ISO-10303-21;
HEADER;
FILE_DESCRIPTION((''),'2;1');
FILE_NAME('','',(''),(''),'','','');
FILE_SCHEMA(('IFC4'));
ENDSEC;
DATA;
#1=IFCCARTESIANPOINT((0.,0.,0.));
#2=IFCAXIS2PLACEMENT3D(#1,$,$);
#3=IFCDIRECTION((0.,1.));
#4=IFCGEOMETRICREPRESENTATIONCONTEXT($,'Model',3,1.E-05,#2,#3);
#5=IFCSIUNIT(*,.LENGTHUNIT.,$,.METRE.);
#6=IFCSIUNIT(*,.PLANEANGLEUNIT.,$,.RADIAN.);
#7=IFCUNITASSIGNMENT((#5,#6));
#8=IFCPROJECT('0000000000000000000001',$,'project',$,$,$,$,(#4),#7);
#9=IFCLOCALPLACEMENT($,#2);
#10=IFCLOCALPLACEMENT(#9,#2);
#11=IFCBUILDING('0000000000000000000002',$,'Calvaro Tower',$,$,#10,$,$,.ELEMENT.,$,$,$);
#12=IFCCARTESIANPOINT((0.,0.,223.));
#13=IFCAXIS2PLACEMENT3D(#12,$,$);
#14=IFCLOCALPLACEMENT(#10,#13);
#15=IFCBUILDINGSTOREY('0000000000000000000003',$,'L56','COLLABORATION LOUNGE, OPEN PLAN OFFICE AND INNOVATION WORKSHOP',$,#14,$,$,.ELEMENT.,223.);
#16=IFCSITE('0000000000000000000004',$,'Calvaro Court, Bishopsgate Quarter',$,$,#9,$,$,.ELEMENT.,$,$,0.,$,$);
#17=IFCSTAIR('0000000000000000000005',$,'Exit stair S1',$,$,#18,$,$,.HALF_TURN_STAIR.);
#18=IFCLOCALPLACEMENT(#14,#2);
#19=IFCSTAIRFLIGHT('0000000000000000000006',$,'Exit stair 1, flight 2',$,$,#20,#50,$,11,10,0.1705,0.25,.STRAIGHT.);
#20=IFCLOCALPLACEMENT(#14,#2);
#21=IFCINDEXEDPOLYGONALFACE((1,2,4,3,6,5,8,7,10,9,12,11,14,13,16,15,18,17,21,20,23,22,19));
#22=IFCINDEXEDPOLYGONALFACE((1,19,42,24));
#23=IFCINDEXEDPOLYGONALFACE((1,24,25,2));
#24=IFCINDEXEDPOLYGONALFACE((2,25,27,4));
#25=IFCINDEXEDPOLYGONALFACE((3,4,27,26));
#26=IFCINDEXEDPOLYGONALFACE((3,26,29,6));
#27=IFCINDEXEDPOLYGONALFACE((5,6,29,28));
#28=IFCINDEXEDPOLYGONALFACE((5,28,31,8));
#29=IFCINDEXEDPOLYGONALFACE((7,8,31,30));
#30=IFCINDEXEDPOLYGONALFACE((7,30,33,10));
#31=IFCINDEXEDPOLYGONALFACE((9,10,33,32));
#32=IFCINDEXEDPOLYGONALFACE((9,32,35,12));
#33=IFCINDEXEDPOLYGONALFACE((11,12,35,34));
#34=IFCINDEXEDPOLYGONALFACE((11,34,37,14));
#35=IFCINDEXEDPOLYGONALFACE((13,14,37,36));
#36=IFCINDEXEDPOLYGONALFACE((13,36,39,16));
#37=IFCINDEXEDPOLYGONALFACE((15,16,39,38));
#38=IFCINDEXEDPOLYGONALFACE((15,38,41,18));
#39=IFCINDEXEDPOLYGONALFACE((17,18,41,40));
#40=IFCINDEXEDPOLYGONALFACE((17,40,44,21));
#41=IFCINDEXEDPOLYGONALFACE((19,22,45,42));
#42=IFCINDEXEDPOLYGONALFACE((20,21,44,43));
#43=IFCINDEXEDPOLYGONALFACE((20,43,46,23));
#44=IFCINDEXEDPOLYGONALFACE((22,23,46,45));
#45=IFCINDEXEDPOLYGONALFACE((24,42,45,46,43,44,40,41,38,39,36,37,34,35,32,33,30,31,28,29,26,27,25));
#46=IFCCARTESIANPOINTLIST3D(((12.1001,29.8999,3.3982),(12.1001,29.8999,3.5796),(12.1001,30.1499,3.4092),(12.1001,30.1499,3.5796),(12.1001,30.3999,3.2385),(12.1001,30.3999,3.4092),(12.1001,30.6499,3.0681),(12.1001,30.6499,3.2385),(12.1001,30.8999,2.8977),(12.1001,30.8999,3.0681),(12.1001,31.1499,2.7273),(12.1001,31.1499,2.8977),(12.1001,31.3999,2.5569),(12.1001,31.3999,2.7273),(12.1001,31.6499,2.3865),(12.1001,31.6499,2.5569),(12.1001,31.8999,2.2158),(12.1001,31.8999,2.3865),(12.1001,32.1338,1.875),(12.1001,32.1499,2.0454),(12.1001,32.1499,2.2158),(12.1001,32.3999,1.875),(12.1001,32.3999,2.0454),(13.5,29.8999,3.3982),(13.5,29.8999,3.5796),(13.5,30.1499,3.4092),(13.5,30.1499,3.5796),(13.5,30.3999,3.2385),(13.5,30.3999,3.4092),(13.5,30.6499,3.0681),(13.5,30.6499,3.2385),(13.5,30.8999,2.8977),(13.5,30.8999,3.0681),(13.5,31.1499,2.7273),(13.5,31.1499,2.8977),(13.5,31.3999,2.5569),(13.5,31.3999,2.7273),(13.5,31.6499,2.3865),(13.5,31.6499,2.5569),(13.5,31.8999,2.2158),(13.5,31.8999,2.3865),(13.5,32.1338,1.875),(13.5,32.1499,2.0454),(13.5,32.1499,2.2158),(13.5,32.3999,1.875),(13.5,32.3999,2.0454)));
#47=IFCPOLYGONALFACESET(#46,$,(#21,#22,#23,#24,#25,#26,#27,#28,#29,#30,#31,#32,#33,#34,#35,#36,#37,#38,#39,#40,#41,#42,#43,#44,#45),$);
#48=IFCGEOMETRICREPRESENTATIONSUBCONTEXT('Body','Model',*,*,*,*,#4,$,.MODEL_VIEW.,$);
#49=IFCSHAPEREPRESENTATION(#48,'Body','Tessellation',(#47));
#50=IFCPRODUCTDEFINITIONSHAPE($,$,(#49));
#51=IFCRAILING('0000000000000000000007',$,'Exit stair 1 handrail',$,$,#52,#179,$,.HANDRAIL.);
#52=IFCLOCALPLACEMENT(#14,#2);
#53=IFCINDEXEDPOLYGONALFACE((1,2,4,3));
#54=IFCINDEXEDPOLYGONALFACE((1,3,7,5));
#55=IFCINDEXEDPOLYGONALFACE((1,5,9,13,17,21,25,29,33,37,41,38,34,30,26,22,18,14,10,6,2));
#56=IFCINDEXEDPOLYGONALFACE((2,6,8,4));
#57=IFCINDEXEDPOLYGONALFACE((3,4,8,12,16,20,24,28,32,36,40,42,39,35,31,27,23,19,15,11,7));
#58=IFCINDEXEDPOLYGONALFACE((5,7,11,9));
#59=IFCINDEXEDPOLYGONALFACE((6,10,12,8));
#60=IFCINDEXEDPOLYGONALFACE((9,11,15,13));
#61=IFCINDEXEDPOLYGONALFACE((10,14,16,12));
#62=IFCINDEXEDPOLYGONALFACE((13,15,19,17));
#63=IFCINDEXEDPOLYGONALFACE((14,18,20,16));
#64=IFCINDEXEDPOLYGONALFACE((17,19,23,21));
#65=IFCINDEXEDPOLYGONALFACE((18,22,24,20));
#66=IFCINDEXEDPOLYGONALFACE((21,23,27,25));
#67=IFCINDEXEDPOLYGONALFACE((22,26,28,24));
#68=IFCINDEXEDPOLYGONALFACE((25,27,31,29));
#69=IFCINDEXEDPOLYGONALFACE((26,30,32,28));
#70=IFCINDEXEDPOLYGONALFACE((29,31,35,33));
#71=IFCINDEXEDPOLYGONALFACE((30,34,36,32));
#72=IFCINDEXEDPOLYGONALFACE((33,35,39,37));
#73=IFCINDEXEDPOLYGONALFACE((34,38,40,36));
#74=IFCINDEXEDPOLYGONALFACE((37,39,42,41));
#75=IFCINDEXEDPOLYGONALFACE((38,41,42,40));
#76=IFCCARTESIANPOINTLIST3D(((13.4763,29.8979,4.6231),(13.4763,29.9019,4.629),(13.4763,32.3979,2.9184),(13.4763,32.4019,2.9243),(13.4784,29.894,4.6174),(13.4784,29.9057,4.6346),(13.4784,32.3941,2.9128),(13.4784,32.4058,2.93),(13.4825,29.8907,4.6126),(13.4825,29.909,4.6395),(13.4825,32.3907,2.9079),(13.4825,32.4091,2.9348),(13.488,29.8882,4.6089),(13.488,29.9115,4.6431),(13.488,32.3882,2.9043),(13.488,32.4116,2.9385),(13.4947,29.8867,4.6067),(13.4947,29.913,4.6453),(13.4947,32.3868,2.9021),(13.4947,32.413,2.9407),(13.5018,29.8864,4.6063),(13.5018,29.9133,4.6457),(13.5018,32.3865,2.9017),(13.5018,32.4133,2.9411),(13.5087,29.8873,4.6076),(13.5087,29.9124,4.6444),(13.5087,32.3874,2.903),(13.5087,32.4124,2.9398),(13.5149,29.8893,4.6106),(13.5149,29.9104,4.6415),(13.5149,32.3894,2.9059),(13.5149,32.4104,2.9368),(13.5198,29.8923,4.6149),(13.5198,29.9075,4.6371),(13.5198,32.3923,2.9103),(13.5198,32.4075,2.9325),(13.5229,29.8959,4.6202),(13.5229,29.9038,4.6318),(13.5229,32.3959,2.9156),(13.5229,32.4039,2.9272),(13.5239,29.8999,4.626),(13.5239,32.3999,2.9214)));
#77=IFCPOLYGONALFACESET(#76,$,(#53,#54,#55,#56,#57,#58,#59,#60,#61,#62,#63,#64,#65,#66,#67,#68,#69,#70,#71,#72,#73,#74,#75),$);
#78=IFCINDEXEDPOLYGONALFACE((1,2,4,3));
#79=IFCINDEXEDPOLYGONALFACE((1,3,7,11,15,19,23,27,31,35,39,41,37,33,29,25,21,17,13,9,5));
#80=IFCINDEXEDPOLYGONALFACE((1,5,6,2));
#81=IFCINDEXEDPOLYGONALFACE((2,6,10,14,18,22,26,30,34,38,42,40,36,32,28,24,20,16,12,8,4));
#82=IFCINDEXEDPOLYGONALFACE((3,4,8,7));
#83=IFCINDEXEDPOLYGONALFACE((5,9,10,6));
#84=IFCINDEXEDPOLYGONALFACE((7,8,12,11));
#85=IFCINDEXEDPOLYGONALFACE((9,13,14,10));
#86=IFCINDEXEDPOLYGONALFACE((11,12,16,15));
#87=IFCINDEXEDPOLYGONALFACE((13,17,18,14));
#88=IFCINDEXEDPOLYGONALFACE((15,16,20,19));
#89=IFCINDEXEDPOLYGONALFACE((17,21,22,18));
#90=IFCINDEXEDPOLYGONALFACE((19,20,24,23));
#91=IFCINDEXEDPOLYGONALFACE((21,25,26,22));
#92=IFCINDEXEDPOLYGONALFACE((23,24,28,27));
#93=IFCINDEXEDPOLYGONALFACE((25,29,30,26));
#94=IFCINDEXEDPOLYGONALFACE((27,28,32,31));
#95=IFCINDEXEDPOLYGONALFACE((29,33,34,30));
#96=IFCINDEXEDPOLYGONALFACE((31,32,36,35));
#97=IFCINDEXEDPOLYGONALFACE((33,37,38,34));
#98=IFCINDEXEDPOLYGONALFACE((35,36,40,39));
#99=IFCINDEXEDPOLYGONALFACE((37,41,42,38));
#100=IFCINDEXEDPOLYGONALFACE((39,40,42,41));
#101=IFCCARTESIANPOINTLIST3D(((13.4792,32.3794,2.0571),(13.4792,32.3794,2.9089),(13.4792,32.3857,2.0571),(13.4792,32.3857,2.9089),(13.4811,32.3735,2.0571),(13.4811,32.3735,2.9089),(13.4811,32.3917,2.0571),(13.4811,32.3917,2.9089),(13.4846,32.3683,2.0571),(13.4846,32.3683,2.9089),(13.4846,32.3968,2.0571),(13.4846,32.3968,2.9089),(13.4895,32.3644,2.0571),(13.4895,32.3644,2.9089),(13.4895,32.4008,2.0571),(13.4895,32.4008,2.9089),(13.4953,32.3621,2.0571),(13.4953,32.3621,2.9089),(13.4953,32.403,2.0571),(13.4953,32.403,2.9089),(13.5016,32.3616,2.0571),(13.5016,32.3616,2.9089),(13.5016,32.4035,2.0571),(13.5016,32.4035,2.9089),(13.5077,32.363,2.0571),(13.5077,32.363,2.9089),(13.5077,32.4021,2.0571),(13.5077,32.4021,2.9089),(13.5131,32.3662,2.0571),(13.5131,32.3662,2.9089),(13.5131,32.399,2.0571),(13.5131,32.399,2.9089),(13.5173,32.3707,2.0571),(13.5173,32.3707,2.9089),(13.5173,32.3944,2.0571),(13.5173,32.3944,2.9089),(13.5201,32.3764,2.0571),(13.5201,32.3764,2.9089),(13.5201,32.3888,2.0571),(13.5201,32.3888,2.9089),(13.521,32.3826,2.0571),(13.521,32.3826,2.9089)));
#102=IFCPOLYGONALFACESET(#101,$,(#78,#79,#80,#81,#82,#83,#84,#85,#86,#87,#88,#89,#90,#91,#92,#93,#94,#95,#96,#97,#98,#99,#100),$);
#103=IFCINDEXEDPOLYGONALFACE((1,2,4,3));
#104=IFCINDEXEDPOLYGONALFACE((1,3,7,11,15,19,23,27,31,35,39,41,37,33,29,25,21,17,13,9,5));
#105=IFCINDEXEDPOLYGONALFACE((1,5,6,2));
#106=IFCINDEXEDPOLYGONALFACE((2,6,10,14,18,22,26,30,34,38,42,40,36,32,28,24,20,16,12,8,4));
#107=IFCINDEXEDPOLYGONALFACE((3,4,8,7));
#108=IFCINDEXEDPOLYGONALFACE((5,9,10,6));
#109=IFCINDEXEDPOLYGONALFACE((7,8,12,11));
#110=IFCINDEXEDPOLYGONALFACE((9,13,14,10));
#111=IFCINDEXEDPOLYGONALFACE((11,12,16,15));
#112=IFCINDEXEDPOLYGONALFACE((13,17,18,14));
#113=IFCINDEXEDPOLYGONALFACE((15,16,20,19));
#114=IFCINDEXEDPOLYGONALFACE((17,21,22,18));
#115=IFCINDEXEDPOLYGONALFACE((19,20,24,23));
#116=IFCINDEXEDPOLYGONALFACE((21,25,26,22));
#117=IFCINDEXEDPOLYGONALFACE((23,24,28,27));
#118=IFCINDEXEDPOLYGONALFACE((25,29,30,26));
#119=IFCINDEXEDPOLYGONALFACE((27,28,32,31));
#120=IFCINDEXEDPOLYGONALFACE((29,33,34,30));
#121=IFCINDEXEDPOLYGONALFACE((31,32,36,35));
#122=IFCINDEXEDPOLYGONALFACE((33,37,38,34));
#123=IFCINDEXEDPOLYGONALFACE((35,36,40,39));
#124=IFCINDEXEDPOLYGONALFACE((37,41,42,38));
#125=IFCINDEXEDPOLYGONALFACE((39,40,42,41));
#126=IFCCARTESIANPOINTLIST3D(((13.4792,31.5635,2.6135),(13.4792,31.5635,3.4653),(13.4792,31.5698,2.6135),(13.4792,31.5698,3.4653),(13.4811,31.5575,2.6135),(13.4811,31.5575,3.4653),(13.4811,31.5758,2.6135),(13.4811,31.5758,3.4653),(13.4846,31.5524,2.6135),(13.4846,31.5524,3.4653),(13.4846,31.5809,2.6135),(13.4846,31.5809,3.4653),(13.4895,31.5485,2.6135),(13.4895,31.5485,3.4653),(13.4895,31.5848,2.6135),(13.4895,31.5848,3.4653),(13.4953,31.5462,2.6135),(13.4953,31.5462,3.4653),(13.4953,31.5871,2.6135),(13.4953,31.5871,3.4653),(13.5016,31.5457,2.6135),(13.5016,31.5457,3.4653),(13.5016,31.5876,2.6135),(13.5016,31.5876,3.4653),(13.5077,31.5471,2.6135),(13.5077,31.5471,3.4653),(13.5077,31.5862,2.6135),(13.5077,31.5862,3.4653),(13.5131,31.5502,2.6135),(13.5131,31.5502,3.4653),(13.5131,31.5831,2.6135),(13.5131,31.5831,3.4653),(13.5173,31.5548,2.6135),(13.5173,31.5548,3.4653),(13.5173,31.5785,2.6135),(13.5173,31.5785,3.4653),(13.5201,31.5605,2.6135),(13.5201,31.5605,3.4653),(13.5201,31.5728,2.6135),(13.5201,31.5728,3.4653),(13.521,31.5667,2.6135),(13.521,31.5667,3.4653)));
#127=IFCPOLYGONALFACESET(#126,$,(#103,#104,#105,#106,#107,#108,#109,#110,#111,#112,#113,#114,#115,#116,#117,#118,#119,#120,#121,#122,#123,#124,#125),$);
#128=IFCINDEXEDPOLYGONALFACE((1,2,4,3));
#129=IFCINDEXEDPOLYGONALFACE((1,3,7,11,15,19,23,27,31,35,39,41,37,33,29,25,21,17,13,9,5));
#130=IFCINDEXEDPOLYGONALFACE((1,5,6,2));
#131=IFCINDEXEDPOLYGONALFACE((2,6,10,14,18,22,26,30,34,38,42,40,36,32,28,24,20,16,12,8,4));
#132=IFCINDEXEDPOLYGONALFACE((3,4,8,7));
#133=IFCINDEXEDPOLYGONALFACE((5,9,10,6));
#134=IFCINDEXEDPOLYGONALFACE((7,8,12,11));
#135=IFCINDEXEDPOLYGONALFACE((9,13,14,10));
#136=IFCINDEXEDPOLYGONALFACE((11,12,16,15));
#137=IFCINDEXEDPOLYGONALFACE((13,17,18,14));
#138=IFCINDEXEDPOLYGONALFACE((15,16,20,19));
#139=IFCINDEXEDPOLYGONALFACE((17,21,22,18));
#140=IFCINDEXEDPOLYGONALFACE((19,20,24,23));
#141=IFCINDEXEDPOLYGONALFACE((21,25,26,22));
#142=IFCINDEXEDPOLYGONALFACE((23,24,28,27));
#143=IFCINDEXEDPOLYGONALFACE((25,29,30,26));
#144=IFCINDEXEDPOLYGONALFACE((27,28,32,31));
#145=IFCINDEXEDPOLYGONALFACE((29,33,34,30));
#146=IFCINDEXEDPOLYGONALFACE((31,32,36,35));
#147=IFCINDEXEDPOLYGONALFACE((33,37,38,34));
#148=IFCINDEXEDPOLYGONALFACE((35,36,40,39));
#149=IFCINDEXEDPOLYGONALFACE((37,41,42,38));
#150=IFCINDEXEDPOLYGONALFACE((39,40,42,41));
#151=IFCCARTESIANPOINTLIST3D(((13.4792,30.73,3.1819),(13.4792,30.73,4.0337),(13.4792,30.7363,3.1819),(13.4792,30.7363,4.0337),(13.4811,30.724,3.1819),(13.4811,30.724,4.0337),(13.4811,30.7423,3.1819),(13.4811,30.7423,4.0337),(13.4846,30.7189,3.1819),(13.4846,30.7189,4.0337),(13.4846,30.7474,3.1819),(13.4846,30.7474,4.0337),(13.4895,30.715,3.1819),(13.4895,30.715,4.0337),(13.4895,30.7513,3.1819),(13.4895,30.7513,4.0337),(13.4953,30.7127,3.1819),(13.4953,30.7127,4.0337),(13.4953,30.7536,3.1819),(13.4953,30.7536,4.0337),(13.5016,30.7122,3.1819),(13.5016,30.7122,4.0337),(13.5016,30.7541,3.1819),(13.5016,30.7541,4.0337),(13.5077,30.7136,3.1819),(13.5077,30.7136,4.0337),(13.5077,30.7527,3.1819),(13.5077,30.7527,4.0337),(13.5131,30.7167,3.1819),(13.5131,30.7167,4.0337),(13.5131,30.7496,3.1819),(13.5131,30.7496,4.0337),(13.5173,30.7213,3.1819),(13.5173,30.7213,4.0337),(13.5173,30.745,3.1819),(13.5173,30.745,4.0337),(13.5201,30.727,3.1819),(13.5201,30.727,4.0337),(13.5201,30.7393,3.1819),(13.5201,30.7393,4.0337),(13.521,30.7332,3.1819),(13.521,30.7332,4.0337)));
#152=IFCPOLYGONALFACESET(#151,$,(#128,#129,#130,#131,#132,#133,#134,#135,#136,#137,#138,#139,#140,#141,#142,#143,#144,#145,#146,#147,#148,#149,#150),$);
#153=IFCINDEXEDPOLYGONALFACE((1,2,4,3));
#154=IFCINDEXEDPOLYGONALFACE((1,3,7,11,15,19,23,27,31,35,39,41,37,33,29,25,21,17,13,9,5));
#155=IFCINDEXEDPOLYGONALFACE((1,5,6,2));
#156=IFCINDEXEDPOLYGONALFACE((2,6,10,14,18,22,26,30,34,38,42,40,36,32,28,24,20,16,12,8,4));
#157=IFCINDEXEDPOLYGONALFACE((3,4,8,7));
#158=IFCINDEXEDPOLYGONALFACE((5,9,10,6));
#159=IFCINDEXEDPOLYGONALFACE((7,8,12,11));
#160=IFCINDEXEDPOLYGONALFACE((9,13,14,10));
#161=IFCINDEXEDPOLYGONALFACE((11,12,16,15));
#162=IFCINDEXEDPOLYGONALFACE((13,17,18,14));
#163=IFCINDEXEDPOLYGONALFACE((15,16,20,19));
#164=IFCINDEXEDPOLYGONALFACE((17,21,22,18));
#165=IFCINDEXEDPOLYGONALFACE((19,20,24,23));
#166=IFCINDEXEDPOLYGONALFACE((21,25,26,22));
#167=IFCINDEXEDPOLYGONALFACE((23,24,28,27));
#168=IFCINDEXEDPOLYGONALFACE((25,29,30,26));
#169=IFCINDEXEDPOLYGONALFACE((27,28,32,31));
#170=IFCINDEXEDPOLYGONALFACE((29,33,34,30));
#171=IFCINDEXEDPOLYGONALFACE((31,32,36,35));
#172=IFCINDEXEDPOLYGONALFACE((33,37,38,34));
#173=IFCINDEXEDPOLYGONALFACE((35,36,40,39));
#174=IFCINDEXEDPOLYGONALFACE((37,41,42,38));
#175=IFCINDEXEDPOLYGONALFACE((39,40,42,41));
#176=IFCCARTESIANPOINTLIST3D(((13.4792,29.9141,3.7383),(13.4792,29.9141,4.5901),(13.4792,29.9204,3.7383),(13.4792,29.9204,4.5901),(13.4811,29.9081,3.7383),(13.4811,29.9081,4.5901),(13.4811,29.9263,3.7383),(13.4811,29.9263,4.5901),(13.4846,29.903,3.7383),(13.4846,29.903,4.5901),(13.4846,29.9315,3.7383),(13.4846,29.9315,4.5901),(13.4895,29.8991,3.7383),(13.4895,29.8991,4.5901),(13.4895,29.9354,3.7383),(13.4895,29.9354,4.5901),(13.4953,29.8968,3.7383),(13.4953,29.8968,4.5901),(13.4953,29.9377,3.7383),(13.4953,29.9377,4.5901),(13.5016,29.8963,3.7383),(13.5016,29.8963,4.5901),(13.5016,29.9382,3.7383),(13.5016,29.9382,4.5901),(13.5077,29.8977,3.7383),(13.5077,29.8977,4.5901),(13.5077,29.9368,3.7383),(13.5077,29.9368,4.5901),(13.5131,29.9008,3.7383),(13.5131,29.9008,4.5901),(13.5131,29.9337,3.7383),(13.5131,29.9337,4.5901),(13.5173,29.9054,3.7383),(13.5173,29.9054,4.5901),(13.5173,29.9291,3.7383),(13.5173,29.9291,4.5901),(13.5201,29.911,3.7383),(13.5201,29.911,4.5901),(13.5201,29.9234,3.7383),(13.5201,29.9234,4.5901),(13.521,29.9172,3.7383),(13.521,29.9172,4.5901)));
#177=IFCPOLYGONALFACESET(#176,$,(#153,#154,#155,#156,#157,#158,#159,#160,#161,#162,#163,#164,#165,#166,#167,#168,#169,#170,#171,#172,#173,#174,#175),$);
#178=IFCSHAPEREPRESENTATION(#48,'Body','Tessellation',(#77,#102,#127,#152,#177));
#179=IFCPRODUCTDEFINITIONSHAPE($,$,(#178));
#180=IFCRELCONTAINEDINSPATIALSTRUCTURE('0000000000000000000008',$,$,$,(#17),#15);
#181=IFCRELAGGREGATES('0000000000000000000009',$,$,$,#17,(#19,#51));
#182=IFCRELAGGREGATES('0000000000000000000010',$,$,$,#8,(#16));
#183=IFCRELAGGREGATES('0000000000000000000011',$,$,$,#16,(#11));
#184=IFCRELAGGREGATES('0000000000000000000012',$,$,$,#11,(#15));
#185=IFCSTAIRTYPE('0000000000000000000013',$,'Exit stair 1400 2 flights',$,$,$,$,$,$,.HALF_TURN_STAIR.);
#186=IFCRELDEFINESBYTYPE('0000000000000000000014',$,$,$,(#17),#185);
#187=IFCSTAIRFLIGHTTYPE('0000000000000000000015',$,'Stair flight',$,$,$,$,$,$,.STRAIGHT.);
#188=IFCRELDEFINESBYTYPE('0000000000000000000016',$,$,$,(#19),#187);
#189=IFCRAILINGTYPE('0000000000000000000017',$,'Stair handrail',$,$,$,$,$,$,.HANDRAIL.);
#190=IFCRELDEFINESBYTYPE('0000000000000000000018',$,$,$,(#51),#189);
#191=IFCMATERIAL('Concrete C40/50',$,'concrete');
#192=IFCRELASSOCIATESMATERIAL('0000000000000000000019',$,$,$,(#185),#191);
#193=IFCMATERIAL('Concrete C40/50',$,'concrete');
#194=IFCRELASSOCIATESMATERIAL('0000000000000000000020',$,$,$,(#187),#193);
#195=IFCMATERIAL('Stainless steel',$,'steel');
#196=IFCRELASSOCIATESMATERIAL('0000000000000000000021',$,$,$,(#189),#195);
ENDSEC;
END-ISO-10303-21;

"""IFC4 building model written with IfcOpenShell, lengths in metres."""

from ifc_helpers import new_model, si_unit, direction, frame, origin, origin_2d, place, context, subcontext, project, spatial, polyline, circle, outline, extrude, material, type_object, element, aggregate, save


model = new_model("IFC4")

# Units and contexts
model_context = context("Model", 3, precision=1e-05, world=origin(), true_north=direction((0.0, 1.0)))
body_context = subcontext(model_context, "Body", "Model", "MODEL_VIEW")
ifc_project = project(units=[si_unit("LENGTHUNIT", "METRE"), si_unit("PLANEANGLEUNIT", "RADIAN")], contexts=[model_context])

# Site, building, storey
site_placement = place(None, origin())
site = spatial("IfcSite", under=ifc_project, at=site_placement, Name="Calvaro Court, Bishopsgate Quarter", CompositionType="ELEMENT", RefElevation=0.0)
building_placement = place(site_placement, origin())
building = spatial("IfcBuilding", under=site, at=building_placement, Name="Calvaro Tower", CompositionType="ELEMENT")
storey_placement = place(building_placement, frame((0.0, 0.0, 223.0)))
storey = spatial("IfcBuildingStorey", under=building, at=storey_placement, Name="L56", Description="COLLABORATION LOUNGE, OPEN PLAN OFFICE AND INNOVATION WORKSHOP", CompositionType="ELEMENT", Elevation=223.0)

# Stair, stair flight, railing
ifc_material_1 = material(Name="Concrete C40/50", Category="concrete")
stair_type = type_object("IfcStairType", Name="Exit stair 1400 2 flights", PredefinedType="HALF_TURN_STAIR", material=ifc_material_1)
stair_1_placement = place(storey_placement, origin())
stair_1 = element("IfcStair", 1, at=stair_1_placement, inside=storey, type_object=stair_type, Name="Exit stair S1", PredefinedType="HALF_TURN_STAIR")
ifc_material_2 = material(Name="Concrete C40/50", Category="concrete")
stair_flight_type = type_object("IfcStairFlightType", Name="Stair flight", PredefinedType="STRAIGHT", material=ifc_material_2)
stair_flight_placement = place(storey_placement, frame((12.8, 32.3999, 1.875), z_axis=(0.0, 0.0, 1.0), x_axis=(0.0, -1.0, 0.0)))
stair_flight = element("IfcStairFlight", 2, at=stair_flight_placement, type_object=stair_flight_type, Name="Exit stair 1, flight 2", NumberOfRisers=11, NumberOfTreads=10, PredefinedType="STRAIGHT", RiserHeight=0.1705, TreadLength=0.25, context=body_context, shape_type="SweptSolid", body=[
    extrude(outline(polyline([(0.0, 0.0), (0.0, 0.1704), (0.25, 0.1704), (0.25, 0.3408), (0.5, 0.3408), (0.5, 0.5115), (0.75, 0.5115), (0.75, 0.6819), (1.0, 0.6819), (1.0, 0.8523), (1.25, 0.8523), (1.25, 1.0227), (1.5, 1.0227), (1.5, 1.1931), (1.75, 1.1931), (1.75, 1.3635), (2.0, 1.3635), (2.0, 1.5342), (2.25, 1.5342), (2.25, 1.7046), (2.5, 1.7046), (2.5, 1.875), (2.5, 1.5232), (0.2661, 0.0), (0.0, 0.0)])), frame((0.0, 0.7, 0.0), z_axis=(0.0, -1.0, 0.0), x_axis=(1.0, 0.0, 0.0)), (0.0, 0.0, 1.0), 1.3999),
])
ifc_material_3 = material(Name="Stainless steel", Category="steel")
railing_type = type_object("IfcRailingType", Name="Stair handrail", PredefinedType="HANDRAIL", material=ifc_material_3)
railing_1_placement = place(storey_placement, frame((13.5, 32.3999, 2.0454)))
railing_1 = element("IfcRailing", 3, at=railing_1_placement, type_object=railing_type, Name="Exit stair 1 handrail", PredefinedType="HANDRAIL", context=body_context, shape_type="SweptSolid", body=[
    extrude(circle(Radius=0.0239, at=origin_2d()), frame((0.0, 0.0, 0.876), z_axis=(0.0, -0.826221, 0.563347), x_axis=(1.0, 0.0, 0.0)), (0.0, 0.0, 1.0), 3.0259),
    extrude(circle(Radius=0.021, at=origin_2d()), frame((0.0, -0.0173, 0.0117)), (0.0, 0.0, 1.0), 0.8518),
    extrude(circle(Radius=0.021, at=origin_2d()), frame((0.0, -0.8333, 0.5681)), (0.0, 0.0, 1.0), 0.8518),
    extrude(circle(Radius=0.021, at=origin_2d()), frame((0.0, -1.6667, 1.1365)), (0.0, 0.0, 1.0), 0.8518),
    extrude(circle(Radius=0.021, at=origin_2d()), frame((0.0, -2.4827, 1.6929)), (0.0, 0.0, 1.0), 0.8518),
])
aggregate(stair_1, [stair_flight, railing_1])

save(model, "model.ifc")
